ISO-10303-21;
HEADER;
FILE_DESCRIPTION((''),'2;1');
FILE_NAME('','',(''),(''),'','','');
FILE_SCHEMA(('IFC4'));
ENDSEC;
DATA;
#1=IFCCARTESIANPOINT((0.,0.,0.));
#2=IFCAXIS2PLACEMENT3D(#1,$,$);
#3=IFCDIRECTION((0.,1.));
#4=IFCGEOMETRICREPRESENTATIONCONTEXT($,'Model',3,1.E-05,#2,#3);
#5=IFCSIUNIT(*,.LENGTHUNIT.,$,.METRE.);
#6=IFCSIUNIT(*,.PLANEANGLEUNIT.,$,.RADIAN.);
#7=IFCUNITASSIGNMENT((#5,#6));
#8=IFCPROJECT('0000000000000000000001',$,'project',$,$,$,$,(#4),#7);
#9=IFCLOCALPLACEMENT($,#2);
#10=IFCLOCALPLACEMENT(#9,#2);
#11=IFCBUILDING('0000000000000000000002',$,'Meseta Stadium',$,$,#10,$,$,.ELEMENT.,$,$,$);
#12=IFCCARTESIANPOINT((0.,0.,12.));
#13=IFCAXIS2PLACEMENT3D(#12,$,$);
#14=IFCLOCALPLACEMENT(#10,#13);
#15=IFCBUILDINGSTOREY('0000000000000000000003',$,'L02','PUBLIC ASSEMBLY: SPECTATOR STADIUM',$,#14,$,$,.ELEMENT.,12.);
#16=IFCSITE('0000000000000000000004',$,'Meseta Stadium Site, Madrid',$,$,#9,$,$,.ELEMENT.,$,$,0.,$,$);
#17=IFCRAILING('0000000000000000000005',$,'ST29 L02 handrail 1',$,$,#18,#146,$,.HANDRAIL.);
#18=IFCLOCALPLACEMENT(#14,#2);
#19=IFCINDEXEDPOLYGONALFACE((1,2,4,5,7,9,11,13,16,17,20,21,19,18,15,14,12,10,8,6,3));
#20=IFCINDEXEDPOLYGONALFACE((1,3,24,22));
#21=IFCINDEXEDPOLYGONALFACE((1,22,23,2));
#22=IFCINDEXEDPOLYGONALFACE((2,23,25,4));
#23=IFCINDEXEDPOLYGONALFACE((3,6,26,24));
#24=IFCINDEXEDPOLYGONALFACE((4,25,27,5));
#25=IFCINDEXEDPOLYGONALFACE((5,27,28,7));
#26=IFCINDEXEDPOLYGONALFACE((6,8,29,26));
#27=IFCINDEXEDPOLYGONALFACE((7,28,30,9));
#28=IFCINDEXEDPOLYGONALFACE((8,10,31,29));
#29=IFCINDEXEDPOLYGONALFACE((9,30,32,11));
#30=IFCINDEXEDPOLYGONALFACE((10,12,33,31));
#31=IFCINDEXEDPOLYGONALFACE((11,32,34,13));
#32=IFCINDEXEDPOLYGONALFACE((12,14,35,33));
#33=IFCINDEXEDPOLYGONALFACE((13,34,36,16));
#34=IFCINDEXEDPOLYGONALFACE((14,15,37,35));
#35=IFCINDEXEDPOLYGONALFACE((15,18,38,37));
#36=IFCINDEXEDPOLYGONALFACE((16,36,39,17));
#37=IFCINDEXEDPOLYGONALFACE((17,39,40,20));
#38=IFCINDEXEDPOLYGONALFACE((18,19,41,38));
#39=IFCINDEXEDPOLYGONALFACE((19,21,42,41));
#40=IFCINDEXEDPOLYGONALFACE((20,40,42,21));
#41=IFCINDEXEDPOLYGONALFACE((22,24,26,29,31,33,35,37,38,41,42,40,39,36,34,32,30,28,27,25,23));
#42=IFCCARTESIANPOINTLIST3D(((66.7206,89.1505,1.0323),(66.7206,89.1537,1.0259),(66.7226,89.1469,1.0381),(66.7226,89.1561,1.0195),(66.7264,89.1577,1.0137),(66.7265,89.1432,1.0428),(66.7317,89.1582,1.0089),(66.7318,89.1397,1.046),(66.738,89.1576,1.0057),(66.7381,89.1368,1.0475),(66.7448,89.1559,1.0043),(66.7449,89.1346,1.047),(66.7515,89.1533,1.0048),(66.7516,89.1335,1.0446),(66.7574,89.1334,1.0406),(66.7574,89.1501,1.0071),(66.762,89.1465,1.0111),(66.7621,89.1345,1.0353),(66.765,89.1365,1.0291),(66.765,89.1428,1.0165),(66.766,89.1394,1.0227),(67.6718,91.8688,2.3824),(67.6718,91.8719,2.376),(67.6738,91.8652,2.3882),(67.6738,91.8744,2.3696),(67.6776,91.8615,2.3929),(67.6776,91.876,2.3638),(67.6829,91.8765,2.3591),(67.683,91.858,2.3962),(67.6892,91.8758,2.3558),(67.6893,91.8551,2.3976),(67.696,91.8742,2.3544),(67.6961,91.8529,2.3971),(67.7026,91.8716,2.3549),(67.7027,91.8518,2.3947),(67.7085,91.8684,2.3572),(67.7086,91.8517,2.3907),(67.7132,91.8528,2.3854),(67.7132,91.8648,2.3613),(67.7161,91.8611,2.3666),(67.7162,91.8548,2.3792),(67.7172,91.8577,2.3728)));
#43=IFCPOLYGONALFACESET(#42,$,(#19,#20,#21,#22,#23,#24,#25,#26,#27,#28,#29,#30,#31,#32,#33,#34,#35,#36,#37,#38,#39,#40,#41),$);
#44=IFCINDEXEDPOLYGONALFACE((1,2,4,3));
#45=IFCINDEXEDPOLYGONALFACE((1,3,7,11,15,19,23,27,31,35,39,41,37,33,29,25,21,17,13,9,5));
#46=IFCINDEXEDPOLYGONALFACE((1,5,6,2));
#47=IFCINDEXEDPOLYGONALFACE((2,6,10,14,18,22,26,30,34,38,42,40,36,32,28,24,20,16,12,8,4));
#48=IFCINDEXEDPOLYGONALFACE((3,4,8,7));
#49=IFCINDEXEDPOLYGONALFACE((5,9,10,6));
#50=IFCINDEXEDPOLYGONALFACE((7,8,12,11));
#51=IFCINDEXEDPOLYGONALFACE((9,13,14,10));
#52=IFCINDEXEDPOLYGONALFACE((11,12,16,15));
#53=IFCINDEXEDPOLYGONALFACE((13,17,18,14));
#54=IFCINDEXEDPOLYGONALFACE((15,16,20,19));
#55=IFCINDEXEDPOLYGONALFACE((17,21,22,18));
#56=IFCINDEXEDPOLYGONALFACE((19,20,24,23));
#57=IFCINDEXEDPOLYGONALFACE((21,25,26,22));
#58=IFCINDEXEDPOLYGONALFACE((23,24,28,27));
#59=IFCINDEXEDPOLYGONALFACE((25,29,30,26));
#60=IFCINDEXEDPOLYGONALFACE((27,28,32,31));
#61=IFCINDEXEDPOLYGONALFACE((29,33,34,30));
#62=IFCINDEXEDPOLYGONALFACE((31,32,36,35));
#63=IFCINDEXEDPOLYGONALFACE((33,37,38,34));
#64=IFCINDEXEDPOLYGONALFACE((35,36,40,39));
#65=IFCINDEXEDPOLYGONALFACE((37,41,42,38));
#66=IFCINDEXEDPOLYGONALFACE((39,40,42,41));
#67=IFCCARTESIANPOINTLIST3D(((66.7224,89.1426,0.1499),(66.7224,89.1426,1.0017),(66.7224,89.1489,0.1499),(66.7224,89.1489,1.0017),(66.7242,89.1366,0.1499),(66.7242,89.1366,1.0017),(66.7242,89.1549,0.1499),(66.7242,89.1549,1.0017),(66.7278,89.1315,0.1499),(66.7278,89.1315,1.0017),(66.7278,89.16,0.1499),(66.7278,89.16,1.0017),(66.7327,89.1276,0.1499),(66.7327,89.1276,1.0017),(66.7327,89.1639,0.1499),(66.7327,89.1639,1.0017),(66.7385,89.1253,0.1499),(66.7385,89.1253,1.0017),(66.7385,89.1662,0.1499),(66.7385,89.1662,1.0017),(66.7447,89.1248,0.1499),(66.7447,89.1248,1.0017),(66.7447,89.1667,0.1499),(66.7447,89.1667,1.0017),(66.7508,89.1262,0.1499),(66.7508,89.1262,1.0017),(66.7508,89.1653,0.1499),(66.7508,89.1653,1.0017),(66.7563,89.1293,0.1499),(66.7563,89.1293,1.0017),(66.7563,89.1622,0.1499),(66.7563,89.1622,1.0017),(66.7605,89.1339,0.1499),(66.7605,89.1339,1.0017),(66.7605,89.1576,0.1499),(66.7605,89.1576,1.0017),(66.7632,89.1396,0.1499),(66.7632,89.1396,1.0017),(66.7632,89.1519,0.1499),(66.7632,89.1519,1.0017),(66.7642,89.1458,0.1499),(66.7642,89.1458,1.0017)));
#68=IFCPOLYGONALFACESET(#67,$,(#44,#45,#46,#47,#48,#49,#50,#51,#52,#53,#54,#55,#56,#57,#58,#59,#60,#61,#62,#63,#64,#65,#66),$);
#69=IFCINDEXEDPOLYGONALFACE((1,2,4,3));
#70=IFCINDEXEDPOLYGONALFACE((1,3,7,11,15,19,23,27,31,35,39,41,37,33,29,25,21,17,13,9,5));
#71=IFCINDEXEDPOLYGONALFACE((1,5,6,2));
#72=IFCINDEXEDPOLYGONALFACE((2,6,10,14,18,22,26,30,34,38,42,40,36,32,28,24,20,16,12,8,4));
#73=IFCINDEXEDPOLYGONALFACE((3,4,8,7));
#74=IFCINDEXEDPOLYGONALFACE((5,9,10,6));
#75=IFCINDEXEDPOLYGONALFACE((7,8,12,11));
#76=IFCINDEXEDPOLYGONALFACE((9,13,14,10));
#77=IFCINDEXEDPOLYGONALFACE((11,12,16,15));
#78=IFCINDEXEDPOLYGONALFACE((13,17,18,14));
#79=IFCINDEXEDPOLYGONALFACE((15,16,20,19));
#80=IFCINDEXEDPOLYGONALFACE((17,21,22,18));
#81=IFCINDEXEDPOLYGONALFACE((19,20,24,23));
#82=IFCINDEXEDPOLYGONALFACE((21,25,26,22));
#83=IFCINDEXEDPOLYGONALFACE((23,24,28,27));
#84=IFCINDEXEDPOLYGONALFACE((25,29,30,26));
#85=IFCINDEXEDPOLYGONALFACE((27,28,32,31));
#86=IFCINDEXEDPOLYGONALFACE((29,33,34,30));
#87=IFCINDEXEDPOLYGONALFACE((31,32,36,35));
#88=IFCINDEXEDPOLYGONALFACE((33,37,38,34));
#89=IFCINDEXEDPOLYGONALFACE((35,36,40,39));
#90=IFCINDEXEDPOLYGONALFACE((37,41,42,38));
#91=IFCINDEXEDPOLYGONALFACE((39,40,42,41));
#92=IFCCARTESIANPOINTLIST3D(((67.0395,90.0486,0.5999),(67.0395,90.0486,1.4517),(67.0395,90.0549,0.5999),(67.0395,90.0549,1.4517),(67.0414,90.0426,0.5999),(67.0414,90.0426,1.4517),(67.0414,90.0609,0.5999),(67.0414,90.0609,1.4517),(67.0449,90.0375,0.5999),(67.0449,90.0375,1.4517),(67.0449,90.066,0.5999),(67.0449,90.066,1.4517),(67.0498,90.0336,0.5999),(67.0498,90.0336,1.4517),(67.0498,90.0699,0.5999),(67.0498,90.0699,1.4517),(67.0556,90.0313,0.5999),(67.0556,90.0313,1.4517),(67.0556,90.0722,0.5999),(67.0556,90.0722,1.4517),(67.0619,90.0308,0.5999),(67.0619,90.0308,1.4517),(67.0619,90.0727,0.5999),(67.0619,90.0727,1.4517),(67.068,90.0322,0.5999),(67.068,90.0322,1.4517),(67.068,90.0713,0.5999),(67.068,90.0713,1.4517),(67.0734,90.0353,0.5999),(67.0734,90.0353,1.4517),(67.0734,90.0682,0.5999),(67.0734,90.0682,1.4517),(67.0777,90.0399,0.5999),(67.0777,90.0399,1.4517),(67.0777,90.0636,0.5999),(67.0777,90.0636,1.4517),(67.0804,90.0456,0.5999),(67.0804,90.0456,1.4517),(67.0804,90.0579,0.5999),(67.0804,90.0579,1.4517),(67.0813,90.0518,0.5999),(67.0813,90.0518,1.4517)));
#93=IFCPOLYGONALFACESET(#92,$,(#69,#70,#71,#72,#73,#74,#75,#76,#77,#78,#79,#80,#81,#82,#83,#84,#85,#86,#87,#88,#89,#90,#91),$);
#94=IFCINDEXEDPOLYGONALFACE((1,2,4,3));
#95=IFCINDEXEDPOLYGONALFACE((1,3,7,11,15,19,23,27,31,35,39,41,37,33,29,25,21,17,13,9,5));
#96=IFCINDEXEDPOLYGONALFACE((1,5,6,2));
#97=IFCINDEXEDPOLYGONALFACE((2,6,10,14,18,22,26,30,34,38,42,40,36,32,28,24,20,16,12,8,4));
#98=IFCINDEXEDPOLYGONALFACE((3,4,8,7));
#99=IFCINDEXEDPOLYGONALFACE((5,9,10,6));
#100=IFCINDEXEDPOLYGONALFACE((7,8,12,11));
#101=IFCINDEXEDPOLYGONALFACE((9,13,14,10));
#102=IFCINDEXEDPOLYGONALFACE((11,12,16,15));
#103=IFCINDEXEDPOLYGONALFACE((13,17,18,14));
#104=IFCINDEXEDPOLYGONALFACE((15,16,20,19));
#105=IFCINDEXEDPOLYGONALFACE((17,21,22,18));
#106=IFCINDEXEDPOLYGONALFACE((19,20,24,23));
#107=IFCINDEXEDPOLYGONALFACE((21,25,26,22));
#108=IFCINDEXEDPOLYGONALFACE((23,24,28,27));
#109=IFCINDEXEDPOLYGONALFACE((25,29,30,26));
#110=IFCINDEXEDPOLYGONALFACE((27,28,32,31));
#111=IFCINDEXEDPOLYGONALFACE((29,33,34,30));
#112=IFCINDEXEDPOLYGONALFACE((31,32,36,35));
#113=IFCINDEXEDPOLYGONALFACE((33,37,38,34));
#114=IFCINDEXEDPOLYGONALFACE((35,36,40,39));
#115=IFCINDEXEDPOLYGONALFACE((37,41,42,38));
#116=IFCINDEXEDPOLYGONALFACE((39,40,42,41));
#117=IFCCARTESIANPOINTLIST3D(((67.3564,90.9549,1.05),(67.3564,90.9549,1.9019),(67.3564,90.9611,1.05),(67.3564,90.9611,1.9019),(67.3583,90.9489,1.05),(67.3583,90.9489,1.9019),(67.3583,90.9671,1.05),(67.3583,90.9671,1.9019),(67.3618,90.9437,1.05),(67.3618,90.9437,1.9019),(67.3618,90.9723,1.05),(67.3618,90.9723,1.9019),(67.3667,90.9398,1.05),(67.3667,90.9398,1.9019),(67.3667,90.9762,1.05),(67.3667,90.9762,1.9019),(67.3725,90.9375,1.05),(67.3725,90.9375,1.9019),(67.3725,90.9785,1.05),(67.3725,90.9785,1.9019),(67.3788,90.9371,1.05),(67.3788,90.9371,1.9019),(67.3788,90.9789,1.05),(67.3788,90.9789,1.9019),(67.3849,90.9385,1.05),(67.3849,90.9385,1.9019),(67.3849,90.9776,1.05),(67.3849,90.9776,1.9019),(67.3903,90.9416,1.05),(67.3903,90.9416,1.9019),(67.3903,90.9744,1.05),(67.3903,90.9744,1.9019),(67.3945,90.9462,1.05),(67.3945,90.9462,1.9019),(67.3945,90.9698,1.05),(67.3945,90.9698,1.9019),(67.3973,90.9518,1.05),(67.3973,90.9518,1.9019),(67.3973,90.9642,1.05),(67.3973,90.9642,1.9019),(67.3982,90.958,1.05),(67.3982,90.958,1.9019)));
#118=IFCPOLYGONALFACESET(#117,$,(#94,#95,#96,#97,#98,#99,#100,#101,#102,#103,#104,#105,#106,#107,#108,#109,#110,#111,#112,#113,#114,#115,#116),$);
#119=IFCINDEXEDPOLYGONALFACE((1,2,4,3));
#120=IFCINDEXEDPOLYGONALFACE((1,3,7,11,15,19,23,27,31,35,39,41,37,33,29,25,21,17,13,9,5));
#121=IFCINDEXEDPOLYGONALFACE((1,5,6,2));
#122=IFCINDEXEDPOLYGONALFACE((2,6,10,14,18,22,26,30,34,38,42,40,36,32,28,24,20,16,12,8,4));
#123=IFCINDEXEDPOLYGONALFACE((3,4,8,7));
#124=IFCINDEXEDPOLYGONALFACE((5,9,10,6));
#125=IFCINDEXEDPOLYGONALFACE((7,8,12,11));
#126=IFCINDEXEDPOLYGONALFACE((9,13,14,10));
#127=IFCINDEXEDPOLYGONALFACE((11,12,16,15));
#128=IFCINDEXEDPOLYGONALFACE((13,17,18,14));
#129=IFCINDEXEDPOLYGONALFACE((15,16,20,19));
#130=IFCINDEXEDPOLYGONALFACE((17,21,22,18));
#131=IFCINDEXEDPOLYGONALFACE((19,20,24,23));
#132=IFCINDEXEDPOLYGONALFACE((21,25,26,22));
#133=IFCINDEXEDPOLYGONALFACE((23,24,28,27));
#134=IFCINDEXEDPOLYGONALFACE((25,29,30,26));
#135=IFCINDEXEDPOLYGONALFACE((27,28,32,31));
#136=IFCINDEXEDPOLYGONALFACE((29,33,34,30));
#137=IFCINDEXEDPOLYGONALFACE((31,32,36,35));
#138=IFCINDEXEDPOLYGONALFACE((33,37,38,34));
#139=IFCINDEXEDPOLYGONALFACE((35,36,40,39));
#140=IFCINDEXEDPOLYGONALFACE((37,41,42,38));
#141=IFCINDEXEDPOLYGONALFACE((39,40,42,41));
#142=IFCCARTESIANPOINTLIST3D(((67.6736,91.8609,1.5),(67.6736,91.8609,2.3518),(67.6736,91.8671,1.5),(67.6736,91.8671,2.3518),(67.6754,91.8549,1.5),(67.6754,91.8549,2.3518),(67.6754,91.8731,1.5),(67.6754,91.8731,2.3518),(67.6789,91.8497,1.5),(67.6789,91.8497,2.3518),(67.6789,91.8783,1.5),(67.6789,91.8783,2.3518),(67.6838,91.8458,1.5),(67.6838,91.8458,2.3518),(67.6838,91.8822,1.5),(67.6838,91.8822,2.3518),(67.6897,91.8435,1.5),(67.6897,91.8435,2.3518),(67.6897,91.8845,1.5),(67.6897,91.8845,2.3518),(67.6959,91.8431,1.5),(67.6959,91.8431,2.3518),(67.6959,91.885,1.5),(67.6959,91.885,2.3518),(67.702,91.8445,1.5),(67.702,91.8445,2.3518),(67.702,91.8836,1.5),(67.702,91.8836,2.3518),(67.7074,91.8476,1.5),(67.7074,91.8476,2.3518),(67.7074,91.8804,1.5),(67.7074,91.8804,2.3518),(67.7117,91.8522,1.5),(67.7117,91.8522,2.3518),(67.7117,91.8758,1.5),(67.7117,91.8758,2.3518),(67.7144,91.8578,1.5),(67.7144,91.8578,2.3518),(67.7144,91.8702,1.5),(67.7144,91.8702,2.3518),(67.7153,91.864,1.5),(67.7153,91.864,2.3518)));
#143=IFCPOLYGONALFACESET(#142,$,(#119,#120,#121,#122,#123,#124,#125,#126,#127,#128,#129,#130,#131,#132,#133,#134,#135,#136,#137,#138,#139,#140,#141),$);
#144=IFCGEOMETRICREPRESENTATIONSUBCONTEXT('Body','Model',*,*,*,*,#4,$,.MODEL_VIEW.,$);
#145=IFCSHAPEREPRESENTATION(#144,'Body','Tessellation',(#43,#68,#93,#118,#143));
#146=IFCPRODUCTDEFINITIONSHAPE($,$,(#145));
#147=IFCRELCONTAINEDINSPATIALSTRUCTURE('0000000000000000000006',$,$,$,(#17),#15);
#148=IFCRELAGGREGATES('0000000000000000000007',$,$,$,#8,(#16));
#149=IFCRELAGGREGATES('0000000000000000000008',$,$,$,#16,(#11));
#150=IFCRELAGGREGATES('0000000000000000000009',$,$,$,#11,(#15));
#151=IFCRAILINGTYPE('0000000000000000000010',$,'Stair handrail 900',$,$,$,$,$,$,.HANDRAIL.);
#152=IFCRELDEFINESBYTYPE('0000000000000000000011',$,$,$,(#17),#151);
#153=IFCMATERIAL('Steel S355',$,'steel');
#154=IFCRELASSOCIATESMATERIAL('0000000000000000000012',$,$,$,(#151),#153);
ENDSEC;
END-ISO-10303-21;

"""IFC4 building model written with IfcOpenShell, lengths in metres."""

from ifc_helpers import new_model, si_unit, direction, frame, origin, origin_2d, place, context, subcontext, project, spatial, circle, extrude, material, type_object, element, save


model = new_model("IFC4")

# Units and contexts
model_context = context("Model", 3, precision=1e-05, world=origin(), true_north=direction((0.0, 1.0)))
body_context = subcontext(model_context, "Body", "Model", "MODEL_VIEW")
ifc_project = project(units=[si_unit("LENGTHUNIT", "METRE"), si_unit("PLANEANGLEUNIT", "RADIAN")], contexts=[model_context])

# Site, building, storey
site_placement = place(None, origin())
site = spatial("IfcSite", under=ifc_project, at=site_placement, Name="Meseta Stadium Site, Madrid", CompositionType="ELEMENT", RefElevation=0.0)
building_placement = place(site_placement, origin())
building = spatial("IfcBuilding", under=site, at=building_placement, Name="Meseta Stadium", CompositionType="ELEMENT")
storey_placement = place(building_placement, frame((0.0, 0.0, 12.0)))
storey = spatial("IfcBuildingStorey", under=building, at=storey_placement, Name="L02", Description="PUBLIC ASSEMBLY: SPECTATOR STADIUM", CompositionType="ELEMENT", Elevation=12.0)

# Railing
ifc_material_1 = material(Name="Steel S355", Category="steel")
railing_type_1 = type_object("IfcRailingType", Name="Stair handrail 900", PredefinedType="HANDRAIL", material=ifc_material_1)
for number, where, name in (
    (1, (66.7432, 89.1458, 0.1499), "ST29 L02 handrail 1"),
):
    element("IfcRailing", number, at=place(storey_placement, frame(where)), inside=storey, type_object=railing_type_1, Name=name, PredefinedType="HANDRAIL", context=body_context, shape_type="SweptSolid", body=[
        extrude(circle(Radius=0.0239, at=origin_2d()), frame((0.0, 0.0, 0.876), z_axis=(0.299051, 0.854629, 0.424474), x_axis=(-0.943882, 0.330282, 0.0)), (0.0, 0.0, 1.0), 3.1807),
        extrude(circle(Radius=0.021, at=origin_2d()), origin(), (0.0, 0.0, 1.0), 0.8518),
        extrude(circle(Radius=0.021, at=origin_2d()), frame((0.3171, 0.906, 0.45)), (0.0, 0.0, 1.0), 0.8518),
        extrude(circle(Radius=0.021, at=origin_2d()), frame((0.634, 1.8123, 0.9001)), (0.0, 0.0, 1.0), 0.8518),
        extrude(circle(Radius=0.021, at=origin_2d()), frame((0.9512, 2.7183, 1.3501)), (0.0, 0.0, 1.0), 0.8518),
    ])

save(model, "model.ifc")
